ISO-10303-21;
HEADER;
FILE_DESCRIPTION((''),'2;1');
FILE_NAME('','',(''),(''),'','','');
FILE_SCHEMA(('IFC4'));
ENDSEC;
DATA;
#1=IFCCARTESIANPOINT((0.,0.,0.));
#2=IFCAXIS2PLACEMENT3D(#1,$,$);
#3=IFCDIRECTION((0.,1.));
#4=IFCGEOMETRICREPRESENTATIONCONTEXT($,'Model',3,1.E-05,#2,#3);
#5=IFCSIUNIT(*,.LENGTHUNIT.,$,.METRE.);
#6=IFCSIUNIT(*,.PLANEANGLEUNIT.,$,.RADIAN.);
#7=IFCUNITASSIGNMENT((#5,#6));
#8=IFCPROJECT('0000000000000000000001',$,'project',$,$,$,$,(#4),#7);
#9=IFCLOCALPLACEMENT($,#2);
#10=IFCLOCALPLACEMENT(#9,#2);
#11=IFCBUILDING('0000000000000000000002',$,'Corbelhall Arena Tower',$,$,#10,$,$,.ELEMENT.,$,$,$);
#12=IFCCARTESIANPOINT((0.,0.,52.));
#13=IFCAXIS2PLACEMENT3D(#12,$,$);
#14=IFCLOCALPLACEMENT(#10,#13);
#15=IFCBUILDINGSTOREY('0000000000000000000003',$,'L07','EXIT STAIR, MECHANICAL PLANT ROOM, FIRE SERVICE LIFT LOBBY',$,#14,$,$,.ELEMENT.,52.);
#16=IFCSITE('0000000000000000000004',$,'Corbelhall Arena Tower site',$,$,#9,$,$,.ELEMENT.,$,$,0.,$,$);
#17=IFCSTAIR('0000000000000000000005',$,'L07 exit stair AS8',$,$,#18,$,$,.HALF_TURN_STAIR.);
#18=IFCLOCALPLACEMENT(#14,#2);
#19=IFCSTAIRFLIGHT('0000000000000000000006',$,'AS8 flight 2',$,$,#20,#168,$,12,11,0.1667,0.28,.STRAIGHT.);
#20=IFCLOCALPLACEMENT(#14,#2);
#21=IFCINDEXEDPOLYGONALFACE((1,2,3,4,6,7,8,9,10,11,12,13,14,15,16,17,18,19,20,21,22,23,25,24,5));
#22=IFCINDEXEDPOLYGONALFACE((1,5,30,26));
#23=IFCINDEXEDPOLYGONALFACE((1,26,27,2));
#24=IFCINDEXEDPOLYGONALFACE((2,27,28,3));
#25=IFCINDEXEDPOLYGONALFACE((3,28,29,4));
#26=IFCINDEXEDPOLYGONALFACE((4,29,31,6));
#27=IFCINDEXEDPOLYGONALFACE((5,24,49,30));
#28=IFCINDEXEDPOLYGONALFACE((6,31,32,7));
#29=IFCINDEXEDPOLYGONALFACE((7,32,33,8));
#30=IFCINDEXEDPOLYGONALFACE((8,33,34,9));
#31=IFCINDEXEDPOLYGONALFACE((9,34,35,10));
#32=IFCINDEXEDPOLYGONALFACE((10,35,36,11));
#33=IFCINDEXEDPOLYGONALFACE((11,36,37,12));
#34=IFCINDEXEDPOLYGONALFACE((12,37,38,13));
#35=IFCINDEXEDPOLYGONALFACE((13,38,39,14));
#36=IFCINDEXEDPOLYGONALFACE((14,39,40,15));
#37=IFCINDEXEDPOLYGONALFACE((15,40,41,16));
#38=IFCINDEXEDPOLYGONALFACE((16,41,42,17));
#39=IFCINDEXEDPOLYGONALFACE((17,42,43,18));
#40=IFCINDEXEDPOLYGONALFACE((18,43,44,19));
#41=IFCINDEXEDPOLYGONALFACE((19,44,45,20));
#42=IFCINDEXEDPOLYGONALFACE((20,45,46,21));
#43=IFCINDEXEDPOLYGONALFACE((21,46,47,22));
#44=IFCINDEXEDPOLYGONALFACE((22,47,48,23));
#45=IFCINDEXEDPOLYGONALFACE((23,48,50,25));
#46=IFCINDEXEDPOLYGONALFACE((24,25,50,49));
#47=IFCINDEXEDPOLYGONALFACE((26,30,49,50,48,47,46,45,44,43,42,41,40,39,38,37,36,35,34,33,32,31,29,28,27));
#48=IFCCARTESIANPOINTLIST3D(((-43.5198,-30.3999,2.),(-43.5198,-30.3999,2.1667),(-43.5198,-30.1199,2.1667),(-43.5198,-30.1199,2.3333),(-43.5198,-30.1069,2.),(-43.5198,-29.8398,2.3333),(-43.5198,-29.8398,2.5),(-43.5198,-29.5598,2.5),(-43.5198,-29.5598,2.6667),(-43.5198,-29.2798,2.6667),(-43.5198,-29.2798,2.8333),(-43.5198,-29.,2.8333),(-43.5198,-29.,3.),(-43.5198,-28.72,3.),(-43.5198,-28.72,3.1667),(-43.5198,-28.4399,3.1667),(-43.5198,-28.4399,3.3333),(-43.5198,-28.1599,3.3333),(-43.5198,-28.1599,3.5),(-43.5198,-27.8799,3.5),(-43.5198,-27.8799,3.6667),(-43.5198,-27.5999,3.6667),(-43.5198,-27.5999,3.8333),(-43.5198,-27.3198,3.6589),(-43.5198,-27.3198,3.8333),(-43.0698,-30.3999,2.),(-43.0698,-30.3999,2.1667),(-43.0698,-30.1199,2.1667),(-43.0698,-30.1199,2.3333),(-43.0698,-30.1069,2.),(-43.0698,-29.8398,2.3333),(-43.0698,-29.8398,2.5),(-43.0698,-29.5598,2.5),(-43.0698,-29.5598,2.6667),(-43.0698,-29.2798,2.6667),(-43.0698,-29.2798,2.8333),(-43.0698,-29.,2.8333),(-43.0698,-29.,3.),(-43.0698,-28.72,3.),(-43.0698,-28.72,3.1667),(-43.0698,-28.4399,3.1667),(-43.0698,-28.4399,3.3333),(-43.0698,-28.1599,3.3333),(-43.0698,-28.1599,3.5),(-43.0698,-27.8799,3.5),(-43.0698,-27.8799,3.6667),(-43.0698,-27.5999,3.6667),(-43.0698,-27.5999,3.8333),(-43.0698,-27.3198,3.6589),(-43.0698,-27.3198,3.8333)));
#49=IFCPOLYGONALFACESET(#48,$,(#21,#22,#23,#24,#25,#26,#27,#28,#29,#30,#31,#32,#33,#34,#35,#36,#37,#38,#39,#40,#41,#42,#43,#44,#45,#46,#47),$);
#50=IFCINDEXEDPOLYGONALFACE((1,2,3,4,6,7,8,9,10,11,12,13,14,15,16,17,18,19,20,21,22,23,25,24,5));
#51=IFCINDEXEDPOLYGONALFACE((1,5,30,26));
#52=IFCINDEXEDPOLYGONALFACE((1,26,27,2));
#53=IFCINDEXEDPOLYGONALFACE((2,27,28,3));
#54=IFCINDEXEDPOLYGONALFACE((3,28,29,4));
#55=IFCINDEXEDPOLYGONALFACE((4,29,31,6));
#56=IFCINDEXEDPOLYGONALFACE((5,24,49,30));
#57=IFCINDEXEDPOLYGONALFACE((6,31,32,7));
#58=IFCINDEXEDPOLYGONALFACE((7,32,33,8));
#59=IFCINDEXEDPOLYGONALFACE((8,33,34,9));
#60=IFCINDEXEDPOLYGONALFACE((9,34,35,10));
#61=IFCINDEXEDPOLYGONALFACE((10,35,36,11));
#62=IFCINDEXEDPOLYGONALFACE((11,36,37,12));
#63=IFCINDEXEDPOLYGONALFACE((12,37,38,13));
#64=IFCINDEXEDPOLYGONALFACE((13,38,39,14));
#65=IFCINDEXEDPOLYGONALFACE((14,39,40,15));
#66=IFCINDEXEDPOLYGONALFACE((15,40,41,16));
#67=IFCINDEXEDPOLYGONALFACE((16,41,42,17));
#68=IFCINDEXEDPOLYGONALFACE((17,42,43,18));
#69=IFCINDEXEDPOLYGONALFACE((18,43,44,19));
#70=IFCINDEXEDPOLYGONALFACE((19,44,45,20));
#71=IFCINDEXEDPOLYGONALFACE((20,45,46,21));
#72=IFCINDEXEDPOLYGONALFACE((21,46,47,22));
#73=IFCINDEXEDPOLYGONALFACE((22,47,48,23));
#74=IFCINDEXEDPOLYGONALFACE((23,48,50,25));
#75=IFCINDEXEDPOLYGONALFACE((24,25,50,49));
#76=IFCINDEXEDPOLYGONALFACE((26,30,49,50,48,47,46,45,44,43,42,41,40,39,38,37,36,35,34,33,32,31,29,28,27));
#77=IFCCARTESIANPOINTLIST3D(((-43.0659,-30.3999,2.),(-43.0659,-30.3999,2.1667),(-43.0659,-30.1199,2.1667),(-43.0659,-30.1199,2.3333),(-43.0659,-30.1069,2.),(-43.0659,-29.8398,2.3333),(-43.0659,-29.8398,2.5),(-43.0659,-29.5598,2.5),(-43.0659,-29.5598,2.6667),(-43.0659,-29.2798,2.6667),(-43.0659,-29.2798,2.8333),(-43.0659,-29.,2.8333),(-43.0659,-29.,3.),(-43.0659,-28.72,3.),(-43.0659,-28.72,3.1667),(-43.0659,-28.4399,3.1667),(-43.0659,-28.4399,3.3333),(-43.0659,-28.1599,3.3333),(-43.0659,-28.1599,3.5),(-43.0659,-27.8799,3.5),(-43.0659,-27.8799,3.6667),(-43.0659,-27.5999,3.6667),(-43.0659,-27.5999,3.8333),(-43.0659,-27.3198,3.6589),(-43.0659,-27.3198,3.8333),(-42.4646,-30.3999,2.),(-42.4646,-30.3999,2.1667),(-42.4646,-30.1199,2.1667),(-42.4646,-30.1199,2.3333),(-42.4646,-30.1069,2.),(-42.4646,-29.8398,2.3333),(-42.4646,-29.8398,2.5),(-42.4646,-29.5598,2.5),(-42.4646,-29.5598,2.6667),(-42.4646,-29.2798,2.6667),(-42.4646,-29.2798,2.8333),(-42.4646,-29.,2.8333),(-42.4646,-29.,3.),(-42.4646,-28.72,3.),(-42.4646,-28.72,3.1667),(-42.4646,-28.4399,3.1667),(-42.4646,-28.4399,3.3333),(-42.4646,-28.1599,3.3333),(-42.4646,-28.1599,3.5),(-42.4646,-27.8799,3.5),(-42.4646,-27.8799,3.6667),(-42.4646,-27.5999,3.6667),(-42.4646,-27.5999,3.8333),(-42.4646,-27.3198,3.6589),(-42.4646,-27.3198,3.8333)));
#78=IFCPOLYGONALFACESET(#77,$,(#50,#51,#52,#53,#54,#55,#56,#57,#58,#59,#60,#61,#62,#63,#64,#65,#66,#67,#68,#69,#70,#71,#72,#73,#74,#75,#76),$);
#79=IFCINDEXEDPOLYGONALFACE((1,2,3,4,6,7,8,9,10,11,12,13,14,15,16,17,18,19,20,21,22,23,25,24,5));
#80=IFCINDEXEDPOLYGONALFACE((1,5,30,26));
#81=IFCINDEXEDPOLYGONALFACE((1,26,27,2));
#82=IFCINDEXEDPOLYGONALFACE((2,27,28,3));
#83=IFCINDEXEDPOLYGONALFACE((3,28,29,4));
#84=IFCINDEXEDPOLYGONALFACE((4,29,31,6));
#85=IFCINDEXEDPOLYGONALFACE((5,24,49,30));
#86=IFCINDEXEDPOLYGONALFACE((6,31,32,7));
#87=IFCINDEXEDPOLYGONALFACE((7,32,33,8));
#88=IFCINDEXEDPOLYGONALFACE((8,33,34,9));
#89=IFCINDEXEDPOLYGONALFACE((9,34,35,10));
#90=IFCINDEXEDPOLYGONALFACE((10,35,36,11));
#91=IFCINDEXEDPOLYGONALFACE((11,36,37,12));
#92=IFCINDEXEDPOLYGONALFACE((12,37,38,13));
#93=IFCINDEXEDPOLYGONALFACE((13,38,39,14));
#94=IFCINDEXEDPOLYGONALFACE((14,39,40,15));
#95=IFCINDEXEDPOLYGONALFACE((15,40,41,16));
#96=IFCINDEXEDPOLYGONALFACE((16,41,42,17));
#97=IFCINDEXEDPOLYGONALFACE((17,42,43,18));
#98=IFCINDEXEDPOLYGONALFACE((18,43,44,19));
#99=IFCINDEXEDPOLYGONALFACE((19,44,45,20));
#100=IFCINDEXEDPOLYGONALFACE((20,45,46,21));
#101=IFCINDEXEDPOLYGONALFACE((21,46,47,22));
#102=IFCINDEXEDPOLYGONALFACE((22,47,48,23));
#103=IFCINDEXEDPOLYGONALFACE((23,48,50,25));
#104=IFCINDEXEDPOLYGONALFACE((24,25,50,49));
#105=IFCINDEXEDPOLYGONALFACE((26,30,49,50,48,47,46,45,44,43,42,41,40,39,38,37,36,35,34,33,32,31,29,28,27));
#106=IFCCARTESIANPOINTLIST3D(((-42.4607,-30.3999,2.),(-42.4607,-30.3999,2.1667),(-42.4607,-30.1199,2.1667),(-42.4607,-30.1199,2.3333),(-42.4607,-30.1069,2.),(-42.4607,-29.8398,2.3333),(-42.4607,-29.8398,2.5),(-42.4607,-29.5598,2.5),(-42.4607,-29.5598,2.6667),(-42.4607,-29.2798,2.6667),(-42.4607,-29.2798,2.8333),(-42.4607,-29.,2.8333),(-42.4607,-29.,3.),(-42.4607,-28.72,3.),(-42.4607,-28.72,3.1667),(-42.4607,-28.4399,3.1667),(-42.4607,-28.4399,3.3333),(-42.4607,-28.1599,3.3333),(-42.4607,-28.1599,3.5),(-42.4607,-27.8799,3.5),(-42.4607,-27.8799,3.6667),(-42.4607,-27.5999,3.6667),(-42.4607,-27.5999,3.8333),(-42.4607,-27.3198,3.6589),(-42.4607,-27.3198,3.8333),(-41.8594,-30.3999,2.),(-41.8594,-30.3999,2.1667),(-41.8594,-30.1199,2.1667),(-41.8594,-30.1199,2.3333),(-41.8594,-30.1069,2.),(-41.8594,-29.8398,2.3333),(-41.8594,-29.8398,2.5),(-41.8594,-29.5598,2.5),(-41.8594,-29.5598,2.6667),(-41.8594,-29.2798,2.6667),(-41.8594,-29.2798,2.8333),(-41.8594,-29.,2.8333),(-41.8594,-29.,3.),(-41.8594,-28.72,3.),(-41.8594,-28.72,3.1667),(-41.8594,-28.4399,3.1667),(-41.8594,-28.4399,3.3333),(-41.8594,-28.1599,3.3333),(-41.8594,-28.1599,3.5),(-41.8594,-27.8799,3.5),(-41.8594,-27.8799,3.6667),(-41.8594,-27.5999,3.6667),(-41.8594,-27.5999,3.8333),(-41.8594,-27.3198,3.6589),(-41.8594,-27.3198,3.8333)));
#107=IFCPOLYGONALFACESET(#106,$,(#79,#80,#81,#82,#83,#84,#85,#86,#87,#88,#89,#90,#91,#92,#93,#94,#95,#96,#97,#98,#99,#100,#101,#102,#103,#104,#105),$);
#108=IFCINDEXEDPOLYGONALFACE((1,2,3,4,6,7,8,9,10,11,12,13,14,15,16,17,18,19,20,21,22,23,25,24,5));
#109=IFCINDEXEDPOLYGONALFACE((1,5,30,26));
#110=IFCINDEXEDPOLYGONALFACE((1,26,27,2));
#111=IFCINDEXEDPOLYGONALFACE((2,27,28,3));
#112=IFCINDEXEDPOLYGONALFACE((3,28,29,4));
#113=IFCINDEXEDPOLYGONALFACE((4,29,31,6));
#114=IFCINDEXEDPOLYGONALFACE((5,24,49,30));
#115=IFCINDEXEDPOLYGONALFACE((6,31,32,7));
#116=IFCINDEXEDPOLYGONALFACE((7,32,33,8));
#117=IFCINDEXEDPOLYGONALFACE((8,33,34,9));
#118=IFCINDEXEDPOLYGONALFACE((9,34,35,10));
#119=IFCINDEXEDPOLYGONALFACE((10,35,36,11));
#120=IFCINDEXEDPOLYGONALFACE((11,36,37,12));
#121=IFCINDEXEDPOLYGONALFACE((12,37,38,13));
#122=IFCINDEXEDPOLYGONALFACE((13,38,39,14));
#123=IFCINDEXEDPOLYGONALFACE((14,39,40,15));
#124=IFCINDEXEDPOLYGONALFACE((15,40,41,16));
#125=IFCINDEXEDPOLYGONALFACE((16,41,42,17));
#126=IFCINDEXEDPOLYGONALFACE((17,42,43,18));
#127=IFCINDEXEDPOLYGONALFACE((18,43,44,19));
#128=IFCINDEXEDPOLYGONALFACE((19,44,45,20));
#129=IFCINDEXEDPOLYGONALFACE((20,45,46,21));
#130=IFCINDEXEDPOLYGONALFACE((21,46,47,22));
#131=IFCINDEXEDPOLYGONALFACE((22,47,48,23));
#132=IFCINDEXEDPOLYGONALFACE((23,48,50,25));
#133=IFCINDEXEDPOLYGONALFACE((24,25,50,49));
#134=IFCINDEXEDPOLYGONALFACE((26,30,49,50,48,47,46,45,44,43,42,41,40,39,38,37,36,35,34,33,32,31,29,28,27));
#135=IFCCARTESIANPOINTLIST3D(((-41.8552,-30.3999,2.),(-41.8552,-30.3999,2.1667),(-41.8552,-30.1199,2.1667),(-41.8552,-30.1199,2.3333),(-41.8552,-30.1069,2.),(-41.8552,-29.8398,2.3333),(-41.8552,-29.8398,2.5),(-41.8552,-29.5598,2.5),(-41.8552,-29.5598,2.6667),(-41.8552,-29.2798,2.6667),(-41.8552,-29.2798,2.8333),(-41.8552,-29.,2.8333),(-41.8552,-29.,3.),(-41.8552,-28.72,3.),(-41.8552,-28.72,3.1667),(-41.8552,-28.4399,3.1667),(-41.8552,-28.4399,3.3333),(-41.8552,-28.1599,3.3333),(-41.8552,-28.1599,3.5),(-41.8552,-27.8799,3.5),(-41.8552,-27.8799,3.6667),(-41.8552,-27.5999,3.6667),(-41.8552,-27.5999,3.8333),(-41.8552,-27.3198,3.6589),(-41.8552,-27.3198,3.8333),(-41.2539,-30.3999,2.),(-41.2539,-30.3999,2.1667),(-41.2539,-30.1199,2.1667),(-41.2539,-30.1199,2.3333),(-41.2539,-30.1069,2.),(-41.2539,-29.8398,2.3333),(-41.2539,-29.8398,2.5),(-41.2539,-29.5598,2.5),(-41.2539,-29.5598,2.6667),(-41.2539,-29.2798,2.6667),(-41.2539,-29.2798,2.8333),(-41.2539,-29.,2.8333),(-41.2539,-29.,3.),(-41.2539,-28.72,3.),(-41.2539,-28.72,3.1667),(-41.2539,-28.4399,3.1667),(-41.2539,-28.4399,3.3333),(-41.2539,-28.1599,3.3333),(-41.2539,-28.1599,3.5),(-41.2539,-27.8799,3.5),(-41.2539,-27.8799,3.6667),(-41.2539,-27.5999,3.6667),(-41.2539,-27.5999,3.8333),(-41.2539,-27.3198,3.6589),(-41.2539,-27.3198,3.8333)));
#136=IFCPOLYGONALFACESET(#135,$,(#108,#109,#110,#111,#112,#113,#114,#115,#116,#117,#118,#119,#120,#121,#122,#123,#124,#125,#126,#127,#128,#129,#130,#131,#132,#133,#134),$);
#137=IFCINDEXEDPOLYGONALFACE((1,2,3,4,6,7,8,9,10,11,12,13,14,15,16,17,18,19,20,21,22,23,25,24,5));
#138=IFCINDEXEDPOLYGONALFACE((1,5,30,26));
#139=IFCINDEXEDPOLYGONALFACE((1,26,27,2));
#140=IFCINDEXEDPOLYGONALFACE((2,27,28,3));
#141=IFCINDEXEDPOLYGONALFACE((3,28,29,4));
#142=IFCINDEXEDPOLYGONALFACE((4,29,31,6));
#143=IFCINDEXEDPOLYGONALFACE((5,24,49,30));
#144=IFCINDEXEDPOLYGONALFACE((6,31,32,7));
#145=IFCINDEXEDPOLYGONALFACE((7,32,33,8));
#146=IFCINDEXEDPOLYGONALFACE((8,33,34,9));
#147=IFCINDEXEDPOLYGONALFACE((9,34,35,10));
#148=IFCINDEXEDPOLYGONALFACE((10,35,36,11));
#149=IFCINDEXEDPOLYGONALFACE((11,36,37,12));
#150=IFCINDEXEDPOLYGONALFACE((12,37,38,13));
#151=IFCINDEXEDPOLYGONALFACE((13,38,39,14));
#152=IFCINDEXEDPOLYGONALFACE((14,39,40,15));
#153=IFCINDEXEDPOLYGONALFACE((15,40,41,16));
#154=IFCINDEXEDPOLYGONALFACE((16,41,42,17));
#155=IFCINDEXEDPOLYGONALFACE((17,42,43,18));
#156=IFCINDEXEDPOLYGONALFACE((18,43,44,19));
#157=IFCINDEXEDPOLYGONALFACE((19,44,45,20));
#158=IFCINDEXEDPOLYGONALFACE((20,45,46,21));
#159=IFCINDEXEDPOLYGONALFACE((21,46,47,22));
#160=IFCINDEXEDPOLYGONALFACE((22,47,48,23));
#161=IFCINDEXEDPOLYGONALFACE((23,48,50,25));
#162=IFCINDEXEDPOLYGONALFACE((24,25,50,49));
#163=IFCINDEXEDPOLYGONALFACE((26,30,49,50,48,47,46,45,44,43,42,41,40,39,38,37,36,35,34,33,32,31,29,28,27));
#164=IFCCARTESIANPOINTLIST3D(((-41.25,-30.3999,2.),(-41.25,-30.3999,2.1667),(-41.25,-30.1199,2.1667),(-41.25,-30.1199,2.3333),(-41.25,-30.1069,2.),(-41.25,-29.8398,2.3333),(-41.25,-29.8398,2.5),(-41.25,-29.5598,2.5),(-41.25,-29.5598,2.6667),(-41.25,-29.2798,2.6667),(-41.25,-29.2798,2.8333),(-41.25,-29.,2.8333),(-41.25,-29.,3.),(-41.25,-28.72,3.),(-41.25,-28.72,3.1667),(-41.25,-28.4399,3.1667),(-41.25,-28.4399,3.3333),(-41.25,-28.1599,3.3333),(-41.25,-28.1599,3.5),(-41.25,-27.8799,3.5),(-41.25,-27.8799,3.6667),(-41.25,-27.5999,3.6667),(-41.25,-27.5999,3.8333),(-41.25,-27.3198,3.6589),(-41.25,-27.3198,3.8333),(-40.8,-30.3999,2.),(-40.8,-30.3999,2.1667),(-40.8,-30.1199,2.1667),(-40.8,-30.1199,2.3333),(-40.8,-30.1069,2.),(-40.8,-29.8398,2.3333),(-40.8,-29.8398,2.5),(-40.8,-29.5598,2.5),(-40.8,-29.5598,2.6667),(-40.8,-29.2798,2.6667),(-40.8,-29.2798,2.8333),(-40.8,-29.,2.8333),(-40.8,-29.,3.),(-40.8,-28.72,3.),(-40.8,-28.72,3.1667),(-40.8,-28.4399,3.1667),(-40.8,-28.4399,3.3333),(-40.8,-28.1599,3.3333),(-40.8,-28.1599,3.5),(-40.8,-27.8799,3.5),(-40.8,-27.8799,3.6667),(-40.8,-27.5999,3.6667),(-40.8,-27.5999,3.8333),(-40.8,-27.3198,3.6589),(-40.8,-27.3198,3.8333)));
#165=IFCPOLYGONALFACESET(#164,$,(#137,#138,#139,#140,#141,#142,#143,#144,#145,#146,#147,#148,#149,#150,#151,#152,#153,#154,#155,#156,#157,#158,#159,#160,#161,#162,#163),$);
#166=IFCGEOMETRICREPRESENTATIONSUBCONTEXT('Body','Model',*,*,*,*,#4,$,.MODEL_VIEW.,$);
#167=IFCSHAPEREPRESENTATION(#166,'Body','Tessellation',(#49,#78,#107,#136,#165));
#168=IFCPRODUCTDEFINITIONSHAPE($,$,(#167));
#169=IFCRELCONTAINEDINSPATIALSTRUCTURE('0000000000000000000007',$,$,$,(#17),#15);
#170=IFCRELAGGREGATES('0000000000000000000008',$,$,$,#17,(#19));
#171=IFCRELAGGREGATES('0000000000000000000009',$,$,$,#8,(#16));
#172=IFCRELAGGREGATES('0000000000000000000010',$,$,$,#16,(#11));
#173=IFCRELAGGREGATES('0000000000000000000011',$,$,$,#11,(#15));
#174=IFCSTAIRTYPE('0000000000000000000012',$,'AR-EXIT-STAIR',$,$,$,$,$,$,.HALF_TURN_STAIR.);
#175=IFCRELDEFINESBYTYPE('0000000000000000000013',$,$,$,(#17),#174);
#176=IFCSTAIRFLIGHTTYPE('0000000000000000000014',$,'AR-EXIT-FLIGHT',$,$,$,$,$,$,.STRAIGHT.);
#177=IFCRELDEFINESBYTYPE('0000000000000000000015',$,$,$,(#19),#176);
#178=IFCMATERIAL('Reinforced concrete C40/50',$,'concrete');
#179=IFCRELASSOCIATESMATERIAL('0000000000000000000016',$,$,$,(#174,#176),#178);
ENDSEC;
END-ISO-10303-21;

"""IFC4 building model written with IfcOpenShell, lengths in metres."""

from ifc_helpers import new_model, si_unit, direction, frame, origin, place, context, subcontext, project, spatial, polyline, outline, extrude, material, type_object, element, aggregate, save


model = new_model("IFC4")

# Units and contexts
model_context = context("Model", 3, precision=1e-05, world=origin(), true_north=direction((0.0, 1.0)))
body_context = subcontext(model_context, "Body", "Model", "MODEL_VIEW")
ifc_project = project(units=[si_unit("LENGTHUNIT", "METRE"), si_unit("PLANEANGLEUNIT", "RADIAN")], contexts=[model_context])

# Site, building, storey
site_placement = place(None, origin())
site = spatial("IfcSite", under=ifc_project, at=site_placement, Name="Corbelhall Arena Tower site", CompositionType="ELEMENT", RefElevation=0.0)
building_placement = place(site_placement, origin())
building = spatial("IfcBuilding", under=site, at=building_placement, Name="Corbelhall Arena Tower", CompositionType="ELEMENT")
storey_placement = place(building_placement, frame((0.0, 0.0, 52.0)))
storey = spatial("IfcBuildingStorey", under=building, at=storey_placement, Name="L07", Description="EXIT STAIR, MECHANICAL PLANT ROOM, FIRE SERVICE LIFT LOBBY", CompositionType="ELEMENT", Elevation=52.0)

# Shared definitions
ifc_material_1 = material(Name="Reinforced concrete C40/50", Category="concrete")

# Stair, stair flight
stair_type = type_object("IfcStairType", Name="AR-EXIT-STAIR", PredefinedType="HALF_TURN_STAIR", material=ifc_material_1)
stair_placement = place(storey_placement, origin())
stair = element("IfcStair", 1, at=stair_placement, inside=storey, type_object=stair_type, Name="L07 exit stair AS8", PredefinedType="HALF_TURN_STAIR")
stair_flight_type = type_object("IfcStairFlightType", Name="AR-EXIT-FLIGHT", PredefinedType="STRAIGHT", material=ifc_material_1)
stair_flight_1_placement = place(storey_placement, frame((-42.1599, -30.3999, 2.0), z_axis=(0.0, 0.0, 1.0), x_axis=(0.0, 1.0, 0.0)))
stair_flight_1 = element("IfcStairFlight", 2, at=stair_flight_1_placement, type_object=stair_flight_type, Name="AS8 flight 2", NumberOfRisers=12, NumberOfTreads=11, PredefinedType="STRAIGHT", RiserHeight=0.1667, TreadLength=0.28, context=body_context, shape_type="SweptSolid", body=[
    extrude(outline(polyline([(0.0, 0.0), (0.0, 0.1667), (0.28, 0.1667), (0.28, 0.3333), (0.5601, 0.3333), (0.5601, 0.5), (0.8401, 0.5), (0.8401, 0.6667), (1.1201, 0.6667), (1.1201, 0.8333), (1.3999, 0.8333), (1.3999, 1.0), (1.6799, 1.0), (1.6799, 1.1667), (1.96, 1.1667), (1.96, 1.3333), (2.24, 1.3333), (2.24, 1.5), (2.52, 1.5), (2.52, 1.6667), (2.8, 1.6667), (2.8, 1.8333), (3.0801, 1.8333), (3.0801, 2.0), (3.0801, 1.6589), (0.293, 0.0), (0.0, 0.0)])), frame((0.0, 1.3599, 0.0), z_axis=(0.0, -1.0, 0.0), x_axis=(1.0, 0.0, 0.0)), (0.0, 0.0, 1.0), 0.45),
    extrude(outline(polyline([(0.0, 0.0), (0.0, 0.1667), (0.28, 0.1667), (0.28, 0.3333), (0.5601, 0.3333), (0.5601, 0.5), (0.8401, 0.5), (0.8401, 0.6667), (1.1201, 0.6667), (1.1201, 0.8333), (1.3999, 0.8333), (1.3999, 1.0), (1.6799, 1.0), (1.6799, 1.1667), (1.96, 1.1667), (1.96, 1.3333), (2.24, 1.3333), (2.24, 1.5), (2.52, 1.5), (2.52, 1.6667), (2.8, 1.6667), (2.8, 1.8333), (3.0801, 1.8333), (3.0801, 2.0), (3.0801, 1.6589), (0.293, 0.0), (0.0, 0.0)])), frame((0.0, 0.906, 0.0), z_axis=(0.0, -1.0, 0.0), x_axis=(1.0, 0.0, 0.0)), (0.0, 0.0, 1.0), 0.6013),
    extrude(outline(polyline([(0.0, 0.0), (0.0, 0.1667), (0.28, 0.1667), (0.28, 0.3333), (0.5601, 0.3333), (0.5601, 0.5), (0.8401, 0.5), (0.8401, 0.6667), (1.1201, 0.6667), (1.1201, 0.8333), (1.3999, 0.8333), (1.3999, 1.0), (1.6799, 1.0), (1.6799, 1.1667), (1.96, 1.1667), (1.96, 1.3333), (2.24, 1.3333), (2.24, 1.5), (2.52, 1.5), (2.52, 1.6667), (2.8, 1.6667), (2.8, 1.8333), (3.0801, 1.8333), (3.0801, 2.0), (3.0801, 1.6589), (0.293, 0.0), (0.0, 0.0)])), frame((0.0, 0.3008, 0.0), z_axis=(0.0, -1.0, 0.0), x_axis=(1.0, 0.0, 0.0)), (0.0, 0.0, 1.0), 0.6013),
    extrude(outline(polyline([(0.0, 0.0), (0.0, 0.1667), (0.28, 0.1667), (0.28, 0.3333), (0.5601, 0.3333), (0.5601, 0.5), (0.8401, 0.5), (0.8401, 0.6667), (1.1201, 0.6667), (1.1201, 0.8333), (1.3999, 0.8333), (1.3999, 1.0), (1.6799, 1.0), (1.6799, 1.1667), (1.96, 1.1667), (1.96, 1.3333), (2.24, 1.3333), (2.24, 1.5), (2.52, 1.5), (2.52, 1.6667), (2.8, 1.6667), (2.8, 1.8333), (3.0801, 1.8333), (3.0801, 2.0), (3.0801, 1.6589), (0.293, 0.0), (0.0, 0.0)])), frame((0.0, -0.3047, 0.0), z_axis=(0.0, -1.0, 0.0), x_axis=(1.0, 0.0, 0.0)), (0.0, 0.0, 1.0), 0.6013),
    extrude(outline(polyline([(0.0, 0.0), (0.0, 0.1667), (0.28, 0.1667), (0.28, 0.3333), (0.5601, 0.3333), (0.5601, 0.5), (0.8401, 0.5), (0.8401, 0.6667), (1.1201, 0.6667), (1.1201, 0.8333), (1.3999, 0.8333), (1.3999, 1.0), (1.6799, 1.0), (1.6799, 1.1667), (1.96, 1.1667), (1.96, 1.3333), (2.24, 1.3333), (2.24, 1.5), (2.52, 1.5), (2.52, 1.6667), (2.8, 1.6667), (2.8, 1.8333), (3.0801, 1.8333), (3.0801, 2.0), (3.0801, 1.6589), (0.293, 0.0), (0.0, 0.0)])), frame((0.0, -0.9099, 0.0), z_axis=(0.0, -1.0, 0.0), x_axis=(1.0, 0.0, 0.0)), (0.0, 0.0, 1.0), 0.45),
])
aggregate(stair, [stair_flight_1])

save(model, "model.ifc")
